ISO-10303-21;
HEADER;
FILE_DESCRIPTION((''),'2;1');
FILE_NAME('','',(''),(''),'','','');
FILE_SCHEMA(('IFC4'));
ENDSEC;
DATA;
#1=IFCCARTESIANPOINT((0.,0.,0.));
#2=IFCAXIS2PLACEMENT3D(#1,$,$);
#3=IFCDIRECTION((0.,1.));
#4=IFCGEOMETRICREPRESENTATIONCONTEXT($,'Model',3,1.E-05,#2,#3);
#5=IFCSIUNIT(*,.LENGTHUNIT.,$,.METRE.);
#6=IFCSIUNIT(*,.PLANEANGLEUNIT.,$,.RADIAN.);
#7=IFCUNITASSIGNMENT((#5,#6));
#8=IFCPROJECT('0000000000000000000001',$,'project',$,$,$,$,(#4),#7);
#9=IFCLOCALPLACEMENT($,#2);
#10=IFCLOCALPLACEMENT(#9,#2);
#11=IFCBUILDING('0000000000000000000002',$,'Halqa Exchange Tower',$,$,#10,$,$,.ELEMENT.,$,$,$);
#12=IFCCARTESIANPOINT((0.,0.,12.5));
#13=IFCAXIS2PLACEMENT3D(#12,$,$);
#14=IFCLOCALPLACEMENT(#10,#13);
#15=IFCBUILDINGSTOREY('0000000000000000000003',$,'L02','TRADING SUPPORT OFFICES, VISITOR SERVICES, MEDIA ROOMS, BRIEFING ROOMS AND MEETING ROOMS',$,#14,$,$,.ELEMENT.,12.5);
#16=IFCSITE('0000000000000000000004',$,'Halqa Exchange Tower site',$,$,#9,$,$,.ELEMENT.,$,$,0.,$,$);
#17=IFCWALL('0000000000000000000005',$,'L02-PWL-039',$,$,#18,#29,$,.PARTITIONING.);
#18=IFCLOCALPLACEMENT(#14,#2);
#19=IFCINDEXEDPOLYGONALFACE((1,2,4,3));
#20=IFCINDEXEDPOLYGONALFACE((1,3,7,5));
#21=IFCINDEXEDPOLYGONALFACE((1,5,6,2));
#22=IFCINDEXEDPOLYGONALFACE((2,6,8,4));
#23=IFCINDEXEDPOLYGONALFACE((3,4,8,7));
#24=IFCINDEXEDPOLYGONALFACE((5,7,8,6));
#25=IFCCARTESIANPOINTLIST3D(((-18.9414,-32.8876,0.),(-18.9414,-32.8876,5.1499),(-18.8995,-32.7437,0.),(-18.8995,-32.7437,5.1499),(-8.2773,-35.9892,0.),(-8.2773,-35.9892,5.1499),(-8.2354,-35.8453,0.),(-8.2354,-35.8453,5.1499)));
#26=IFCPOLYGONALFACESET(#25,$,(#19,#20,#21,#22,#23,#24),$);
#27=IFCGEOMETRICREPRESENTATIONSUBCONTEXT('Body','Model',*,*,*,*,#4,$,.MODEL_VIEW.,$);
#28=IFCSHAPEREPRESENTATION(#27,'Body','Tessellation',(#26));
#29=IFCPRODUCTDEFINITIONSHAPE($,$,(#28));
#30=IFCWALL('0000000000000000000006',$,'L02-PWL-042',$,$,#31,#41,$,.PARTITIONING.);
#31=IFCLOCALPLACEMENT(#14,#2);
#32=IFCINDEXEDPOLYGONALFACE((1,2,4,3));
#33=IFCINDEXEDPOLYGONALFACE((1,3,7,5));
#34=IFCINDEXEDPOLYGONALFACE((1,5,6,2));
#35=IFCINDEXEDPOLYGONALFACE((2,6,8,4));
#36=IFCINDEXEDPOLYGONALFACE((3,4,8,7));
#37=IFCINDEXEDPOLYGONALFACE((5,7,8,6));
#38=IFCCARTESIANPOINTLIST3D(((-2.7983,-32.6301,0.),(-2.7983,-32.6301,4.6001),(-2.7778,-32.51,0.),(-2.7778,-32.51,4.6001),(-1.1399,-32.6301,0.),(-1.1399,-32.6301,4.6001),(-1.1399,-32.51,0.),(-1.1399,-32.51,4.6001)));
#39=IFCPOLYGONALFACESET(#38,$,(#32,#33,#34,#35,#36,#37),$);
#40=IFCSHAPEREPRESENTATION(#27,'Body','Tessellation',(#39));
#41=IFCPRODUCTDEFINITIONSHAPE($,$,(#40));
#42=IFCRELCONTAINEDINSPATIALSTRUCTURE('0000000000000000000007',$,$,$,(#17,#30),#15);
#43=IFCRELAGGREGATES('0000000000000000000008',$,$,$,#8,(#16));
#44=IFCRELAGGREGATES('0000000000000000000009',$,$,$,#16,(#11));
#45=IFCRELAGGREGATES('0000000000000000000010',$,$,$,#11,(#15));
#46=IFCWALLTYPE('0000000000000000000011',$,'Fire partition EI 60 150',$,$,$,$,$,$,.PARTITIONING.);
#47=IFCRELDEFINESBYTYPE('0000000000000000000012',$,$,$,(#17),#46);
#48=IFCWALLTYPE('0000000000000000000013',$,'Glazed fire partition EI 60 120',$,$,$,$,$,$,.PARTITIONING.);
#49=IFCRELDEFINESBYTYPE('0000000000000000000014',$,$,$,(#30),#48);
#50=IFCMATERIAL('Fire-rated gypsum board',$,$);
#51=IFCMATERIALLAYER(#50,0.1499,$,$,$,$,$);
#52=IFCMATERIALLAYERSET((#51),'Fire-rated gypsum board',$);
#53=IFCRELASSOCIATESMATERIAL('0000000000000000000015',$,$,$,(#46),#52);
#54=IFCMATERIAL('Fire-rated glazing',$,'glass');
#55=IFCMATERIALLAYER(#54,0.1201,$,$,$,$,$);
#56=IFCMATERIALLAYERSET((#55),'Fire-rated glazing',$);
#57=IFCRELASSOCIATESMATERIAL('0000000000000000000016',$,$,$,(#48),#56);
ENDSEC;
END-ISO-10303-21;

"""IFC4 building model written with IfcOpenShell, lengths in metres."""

from ifc_helpers import new_model, si_unit, direction, frame, frame_2d, origin, place, context, subcontext, project, spatial, polyline, rectangle, outline, extrude, material, layer, layer_set, type_object, element, save


model = new_model("IFC4")

# Units and contexts
model_context = context("Model", 3, precision=1e-05, world=origin(), true_north=direction((0.0, 1.0)))
body_context = subcontext(model_context, "Body", "Model", "MODEL_VIEW")
ifc_project = project(units=[si_unit("LENGTHUNIT", "METRE"), si_unit("PLANEANGLEUNIT", "RADIAN")], contexts=[model_context])

# Site, building, storey
site_placement = place(None, origin())
site = spatial("IfcSite", under=ifc_project, at=site_placement, Name="Halqa Exchange Tower site", CompositionType="ELEMENT", RefElevation=0.0)
building_placement = place(site_placement, origin())
building = spatial("IfcBuilding", under=site, at=building_placement, Name="Halqa Exchange Tower", CompositionType="ELEMENT")
storey_placement = place(building_placement, frame((0.0, 0.0, 12.5)))
storey = spatial("IfcBuildingStorey", under=building, at=storey_placement, Name="L02", Description="TRADING SUPPORT OFFICES, VISITOR SERVICES, MEDIA ROOMS, BRIEFING ROOMS AND MEETING ROOMS", CompositionType="ELEMENT", Elevation=12.5)

# Walls
ifc_material_1 = material(Name="Fire-rated gypsum board")
ifc_layer_1 = layer(ifc_material_1, 0.1499)
ifc_layer_set_1 = layer_set([ifc_layer_1], Name="Fire-rated gypsum board")
wall_type_1 = type_object("IfcWallType", Name="Fire partition EI 60 150", PredefinedType="PARTITIONING", material=ifc_layer_set_1)
wall_1_placement = place(storey_placement, frame((-8.2563, -35.9172, 0.0), z_axis=(0.0, 0.0, 1.0), x_axis=(-0.960212, 0.279271, 0.0)))
element("IfcWall", 1, at=wall_1_placement, inside=storey, type_object=wall_type_1, Name="L02-PWL-039", PredefinedType="PARTITIONING", context=body_context, shape_type="SweptSolid", body=[
    extrude(rectangle(XDim=11.106, YDim=0.1499, at=frame_2d((5.553, 0.0))), origin(), (0.0, 0.0, 1.0), 5.1499),
])
ifc_material_2 = material(Name="Fire-rated glazing", Category="glass")
ifc_layer_2 = layer(ifc_material_2, 0.1201)
ifc_layer_set_2 = layer_set([ifc_layer_2], Name="Fire-rated glazing")
wall_type_2 = type_object("IfcWallType", Name="Glazed fire partition EI 60 120", PredefinedType="PARTITIONING", material=ifc_layer_set_2)
wall_2_placement = place(storey_placement, frame((-2.7881, -32.5701, 0.0), z_axis=(0.0, 0.0, 1.0), x_axis=(1.0, 0.0, 0.0)))
element("IfcWall", 2, at=wall_2_placement, inside=storey, type_object=wall_type_2, Name="L02-PWL-042", PredefinedType="PARTITIONING", context=body_context, shape_type="SweptSolid", body=[
    extrude(outline(polyline([(-0.0103, -0.0601), (1.6482, -0.0601), (1.6482, 0.0601), (0.0103, 0.0601), (-0.0103, -0.0601)])), origin(), (0.0, 0.0, 1.0), 4.6001),
])

save(model, "model.ifc")
